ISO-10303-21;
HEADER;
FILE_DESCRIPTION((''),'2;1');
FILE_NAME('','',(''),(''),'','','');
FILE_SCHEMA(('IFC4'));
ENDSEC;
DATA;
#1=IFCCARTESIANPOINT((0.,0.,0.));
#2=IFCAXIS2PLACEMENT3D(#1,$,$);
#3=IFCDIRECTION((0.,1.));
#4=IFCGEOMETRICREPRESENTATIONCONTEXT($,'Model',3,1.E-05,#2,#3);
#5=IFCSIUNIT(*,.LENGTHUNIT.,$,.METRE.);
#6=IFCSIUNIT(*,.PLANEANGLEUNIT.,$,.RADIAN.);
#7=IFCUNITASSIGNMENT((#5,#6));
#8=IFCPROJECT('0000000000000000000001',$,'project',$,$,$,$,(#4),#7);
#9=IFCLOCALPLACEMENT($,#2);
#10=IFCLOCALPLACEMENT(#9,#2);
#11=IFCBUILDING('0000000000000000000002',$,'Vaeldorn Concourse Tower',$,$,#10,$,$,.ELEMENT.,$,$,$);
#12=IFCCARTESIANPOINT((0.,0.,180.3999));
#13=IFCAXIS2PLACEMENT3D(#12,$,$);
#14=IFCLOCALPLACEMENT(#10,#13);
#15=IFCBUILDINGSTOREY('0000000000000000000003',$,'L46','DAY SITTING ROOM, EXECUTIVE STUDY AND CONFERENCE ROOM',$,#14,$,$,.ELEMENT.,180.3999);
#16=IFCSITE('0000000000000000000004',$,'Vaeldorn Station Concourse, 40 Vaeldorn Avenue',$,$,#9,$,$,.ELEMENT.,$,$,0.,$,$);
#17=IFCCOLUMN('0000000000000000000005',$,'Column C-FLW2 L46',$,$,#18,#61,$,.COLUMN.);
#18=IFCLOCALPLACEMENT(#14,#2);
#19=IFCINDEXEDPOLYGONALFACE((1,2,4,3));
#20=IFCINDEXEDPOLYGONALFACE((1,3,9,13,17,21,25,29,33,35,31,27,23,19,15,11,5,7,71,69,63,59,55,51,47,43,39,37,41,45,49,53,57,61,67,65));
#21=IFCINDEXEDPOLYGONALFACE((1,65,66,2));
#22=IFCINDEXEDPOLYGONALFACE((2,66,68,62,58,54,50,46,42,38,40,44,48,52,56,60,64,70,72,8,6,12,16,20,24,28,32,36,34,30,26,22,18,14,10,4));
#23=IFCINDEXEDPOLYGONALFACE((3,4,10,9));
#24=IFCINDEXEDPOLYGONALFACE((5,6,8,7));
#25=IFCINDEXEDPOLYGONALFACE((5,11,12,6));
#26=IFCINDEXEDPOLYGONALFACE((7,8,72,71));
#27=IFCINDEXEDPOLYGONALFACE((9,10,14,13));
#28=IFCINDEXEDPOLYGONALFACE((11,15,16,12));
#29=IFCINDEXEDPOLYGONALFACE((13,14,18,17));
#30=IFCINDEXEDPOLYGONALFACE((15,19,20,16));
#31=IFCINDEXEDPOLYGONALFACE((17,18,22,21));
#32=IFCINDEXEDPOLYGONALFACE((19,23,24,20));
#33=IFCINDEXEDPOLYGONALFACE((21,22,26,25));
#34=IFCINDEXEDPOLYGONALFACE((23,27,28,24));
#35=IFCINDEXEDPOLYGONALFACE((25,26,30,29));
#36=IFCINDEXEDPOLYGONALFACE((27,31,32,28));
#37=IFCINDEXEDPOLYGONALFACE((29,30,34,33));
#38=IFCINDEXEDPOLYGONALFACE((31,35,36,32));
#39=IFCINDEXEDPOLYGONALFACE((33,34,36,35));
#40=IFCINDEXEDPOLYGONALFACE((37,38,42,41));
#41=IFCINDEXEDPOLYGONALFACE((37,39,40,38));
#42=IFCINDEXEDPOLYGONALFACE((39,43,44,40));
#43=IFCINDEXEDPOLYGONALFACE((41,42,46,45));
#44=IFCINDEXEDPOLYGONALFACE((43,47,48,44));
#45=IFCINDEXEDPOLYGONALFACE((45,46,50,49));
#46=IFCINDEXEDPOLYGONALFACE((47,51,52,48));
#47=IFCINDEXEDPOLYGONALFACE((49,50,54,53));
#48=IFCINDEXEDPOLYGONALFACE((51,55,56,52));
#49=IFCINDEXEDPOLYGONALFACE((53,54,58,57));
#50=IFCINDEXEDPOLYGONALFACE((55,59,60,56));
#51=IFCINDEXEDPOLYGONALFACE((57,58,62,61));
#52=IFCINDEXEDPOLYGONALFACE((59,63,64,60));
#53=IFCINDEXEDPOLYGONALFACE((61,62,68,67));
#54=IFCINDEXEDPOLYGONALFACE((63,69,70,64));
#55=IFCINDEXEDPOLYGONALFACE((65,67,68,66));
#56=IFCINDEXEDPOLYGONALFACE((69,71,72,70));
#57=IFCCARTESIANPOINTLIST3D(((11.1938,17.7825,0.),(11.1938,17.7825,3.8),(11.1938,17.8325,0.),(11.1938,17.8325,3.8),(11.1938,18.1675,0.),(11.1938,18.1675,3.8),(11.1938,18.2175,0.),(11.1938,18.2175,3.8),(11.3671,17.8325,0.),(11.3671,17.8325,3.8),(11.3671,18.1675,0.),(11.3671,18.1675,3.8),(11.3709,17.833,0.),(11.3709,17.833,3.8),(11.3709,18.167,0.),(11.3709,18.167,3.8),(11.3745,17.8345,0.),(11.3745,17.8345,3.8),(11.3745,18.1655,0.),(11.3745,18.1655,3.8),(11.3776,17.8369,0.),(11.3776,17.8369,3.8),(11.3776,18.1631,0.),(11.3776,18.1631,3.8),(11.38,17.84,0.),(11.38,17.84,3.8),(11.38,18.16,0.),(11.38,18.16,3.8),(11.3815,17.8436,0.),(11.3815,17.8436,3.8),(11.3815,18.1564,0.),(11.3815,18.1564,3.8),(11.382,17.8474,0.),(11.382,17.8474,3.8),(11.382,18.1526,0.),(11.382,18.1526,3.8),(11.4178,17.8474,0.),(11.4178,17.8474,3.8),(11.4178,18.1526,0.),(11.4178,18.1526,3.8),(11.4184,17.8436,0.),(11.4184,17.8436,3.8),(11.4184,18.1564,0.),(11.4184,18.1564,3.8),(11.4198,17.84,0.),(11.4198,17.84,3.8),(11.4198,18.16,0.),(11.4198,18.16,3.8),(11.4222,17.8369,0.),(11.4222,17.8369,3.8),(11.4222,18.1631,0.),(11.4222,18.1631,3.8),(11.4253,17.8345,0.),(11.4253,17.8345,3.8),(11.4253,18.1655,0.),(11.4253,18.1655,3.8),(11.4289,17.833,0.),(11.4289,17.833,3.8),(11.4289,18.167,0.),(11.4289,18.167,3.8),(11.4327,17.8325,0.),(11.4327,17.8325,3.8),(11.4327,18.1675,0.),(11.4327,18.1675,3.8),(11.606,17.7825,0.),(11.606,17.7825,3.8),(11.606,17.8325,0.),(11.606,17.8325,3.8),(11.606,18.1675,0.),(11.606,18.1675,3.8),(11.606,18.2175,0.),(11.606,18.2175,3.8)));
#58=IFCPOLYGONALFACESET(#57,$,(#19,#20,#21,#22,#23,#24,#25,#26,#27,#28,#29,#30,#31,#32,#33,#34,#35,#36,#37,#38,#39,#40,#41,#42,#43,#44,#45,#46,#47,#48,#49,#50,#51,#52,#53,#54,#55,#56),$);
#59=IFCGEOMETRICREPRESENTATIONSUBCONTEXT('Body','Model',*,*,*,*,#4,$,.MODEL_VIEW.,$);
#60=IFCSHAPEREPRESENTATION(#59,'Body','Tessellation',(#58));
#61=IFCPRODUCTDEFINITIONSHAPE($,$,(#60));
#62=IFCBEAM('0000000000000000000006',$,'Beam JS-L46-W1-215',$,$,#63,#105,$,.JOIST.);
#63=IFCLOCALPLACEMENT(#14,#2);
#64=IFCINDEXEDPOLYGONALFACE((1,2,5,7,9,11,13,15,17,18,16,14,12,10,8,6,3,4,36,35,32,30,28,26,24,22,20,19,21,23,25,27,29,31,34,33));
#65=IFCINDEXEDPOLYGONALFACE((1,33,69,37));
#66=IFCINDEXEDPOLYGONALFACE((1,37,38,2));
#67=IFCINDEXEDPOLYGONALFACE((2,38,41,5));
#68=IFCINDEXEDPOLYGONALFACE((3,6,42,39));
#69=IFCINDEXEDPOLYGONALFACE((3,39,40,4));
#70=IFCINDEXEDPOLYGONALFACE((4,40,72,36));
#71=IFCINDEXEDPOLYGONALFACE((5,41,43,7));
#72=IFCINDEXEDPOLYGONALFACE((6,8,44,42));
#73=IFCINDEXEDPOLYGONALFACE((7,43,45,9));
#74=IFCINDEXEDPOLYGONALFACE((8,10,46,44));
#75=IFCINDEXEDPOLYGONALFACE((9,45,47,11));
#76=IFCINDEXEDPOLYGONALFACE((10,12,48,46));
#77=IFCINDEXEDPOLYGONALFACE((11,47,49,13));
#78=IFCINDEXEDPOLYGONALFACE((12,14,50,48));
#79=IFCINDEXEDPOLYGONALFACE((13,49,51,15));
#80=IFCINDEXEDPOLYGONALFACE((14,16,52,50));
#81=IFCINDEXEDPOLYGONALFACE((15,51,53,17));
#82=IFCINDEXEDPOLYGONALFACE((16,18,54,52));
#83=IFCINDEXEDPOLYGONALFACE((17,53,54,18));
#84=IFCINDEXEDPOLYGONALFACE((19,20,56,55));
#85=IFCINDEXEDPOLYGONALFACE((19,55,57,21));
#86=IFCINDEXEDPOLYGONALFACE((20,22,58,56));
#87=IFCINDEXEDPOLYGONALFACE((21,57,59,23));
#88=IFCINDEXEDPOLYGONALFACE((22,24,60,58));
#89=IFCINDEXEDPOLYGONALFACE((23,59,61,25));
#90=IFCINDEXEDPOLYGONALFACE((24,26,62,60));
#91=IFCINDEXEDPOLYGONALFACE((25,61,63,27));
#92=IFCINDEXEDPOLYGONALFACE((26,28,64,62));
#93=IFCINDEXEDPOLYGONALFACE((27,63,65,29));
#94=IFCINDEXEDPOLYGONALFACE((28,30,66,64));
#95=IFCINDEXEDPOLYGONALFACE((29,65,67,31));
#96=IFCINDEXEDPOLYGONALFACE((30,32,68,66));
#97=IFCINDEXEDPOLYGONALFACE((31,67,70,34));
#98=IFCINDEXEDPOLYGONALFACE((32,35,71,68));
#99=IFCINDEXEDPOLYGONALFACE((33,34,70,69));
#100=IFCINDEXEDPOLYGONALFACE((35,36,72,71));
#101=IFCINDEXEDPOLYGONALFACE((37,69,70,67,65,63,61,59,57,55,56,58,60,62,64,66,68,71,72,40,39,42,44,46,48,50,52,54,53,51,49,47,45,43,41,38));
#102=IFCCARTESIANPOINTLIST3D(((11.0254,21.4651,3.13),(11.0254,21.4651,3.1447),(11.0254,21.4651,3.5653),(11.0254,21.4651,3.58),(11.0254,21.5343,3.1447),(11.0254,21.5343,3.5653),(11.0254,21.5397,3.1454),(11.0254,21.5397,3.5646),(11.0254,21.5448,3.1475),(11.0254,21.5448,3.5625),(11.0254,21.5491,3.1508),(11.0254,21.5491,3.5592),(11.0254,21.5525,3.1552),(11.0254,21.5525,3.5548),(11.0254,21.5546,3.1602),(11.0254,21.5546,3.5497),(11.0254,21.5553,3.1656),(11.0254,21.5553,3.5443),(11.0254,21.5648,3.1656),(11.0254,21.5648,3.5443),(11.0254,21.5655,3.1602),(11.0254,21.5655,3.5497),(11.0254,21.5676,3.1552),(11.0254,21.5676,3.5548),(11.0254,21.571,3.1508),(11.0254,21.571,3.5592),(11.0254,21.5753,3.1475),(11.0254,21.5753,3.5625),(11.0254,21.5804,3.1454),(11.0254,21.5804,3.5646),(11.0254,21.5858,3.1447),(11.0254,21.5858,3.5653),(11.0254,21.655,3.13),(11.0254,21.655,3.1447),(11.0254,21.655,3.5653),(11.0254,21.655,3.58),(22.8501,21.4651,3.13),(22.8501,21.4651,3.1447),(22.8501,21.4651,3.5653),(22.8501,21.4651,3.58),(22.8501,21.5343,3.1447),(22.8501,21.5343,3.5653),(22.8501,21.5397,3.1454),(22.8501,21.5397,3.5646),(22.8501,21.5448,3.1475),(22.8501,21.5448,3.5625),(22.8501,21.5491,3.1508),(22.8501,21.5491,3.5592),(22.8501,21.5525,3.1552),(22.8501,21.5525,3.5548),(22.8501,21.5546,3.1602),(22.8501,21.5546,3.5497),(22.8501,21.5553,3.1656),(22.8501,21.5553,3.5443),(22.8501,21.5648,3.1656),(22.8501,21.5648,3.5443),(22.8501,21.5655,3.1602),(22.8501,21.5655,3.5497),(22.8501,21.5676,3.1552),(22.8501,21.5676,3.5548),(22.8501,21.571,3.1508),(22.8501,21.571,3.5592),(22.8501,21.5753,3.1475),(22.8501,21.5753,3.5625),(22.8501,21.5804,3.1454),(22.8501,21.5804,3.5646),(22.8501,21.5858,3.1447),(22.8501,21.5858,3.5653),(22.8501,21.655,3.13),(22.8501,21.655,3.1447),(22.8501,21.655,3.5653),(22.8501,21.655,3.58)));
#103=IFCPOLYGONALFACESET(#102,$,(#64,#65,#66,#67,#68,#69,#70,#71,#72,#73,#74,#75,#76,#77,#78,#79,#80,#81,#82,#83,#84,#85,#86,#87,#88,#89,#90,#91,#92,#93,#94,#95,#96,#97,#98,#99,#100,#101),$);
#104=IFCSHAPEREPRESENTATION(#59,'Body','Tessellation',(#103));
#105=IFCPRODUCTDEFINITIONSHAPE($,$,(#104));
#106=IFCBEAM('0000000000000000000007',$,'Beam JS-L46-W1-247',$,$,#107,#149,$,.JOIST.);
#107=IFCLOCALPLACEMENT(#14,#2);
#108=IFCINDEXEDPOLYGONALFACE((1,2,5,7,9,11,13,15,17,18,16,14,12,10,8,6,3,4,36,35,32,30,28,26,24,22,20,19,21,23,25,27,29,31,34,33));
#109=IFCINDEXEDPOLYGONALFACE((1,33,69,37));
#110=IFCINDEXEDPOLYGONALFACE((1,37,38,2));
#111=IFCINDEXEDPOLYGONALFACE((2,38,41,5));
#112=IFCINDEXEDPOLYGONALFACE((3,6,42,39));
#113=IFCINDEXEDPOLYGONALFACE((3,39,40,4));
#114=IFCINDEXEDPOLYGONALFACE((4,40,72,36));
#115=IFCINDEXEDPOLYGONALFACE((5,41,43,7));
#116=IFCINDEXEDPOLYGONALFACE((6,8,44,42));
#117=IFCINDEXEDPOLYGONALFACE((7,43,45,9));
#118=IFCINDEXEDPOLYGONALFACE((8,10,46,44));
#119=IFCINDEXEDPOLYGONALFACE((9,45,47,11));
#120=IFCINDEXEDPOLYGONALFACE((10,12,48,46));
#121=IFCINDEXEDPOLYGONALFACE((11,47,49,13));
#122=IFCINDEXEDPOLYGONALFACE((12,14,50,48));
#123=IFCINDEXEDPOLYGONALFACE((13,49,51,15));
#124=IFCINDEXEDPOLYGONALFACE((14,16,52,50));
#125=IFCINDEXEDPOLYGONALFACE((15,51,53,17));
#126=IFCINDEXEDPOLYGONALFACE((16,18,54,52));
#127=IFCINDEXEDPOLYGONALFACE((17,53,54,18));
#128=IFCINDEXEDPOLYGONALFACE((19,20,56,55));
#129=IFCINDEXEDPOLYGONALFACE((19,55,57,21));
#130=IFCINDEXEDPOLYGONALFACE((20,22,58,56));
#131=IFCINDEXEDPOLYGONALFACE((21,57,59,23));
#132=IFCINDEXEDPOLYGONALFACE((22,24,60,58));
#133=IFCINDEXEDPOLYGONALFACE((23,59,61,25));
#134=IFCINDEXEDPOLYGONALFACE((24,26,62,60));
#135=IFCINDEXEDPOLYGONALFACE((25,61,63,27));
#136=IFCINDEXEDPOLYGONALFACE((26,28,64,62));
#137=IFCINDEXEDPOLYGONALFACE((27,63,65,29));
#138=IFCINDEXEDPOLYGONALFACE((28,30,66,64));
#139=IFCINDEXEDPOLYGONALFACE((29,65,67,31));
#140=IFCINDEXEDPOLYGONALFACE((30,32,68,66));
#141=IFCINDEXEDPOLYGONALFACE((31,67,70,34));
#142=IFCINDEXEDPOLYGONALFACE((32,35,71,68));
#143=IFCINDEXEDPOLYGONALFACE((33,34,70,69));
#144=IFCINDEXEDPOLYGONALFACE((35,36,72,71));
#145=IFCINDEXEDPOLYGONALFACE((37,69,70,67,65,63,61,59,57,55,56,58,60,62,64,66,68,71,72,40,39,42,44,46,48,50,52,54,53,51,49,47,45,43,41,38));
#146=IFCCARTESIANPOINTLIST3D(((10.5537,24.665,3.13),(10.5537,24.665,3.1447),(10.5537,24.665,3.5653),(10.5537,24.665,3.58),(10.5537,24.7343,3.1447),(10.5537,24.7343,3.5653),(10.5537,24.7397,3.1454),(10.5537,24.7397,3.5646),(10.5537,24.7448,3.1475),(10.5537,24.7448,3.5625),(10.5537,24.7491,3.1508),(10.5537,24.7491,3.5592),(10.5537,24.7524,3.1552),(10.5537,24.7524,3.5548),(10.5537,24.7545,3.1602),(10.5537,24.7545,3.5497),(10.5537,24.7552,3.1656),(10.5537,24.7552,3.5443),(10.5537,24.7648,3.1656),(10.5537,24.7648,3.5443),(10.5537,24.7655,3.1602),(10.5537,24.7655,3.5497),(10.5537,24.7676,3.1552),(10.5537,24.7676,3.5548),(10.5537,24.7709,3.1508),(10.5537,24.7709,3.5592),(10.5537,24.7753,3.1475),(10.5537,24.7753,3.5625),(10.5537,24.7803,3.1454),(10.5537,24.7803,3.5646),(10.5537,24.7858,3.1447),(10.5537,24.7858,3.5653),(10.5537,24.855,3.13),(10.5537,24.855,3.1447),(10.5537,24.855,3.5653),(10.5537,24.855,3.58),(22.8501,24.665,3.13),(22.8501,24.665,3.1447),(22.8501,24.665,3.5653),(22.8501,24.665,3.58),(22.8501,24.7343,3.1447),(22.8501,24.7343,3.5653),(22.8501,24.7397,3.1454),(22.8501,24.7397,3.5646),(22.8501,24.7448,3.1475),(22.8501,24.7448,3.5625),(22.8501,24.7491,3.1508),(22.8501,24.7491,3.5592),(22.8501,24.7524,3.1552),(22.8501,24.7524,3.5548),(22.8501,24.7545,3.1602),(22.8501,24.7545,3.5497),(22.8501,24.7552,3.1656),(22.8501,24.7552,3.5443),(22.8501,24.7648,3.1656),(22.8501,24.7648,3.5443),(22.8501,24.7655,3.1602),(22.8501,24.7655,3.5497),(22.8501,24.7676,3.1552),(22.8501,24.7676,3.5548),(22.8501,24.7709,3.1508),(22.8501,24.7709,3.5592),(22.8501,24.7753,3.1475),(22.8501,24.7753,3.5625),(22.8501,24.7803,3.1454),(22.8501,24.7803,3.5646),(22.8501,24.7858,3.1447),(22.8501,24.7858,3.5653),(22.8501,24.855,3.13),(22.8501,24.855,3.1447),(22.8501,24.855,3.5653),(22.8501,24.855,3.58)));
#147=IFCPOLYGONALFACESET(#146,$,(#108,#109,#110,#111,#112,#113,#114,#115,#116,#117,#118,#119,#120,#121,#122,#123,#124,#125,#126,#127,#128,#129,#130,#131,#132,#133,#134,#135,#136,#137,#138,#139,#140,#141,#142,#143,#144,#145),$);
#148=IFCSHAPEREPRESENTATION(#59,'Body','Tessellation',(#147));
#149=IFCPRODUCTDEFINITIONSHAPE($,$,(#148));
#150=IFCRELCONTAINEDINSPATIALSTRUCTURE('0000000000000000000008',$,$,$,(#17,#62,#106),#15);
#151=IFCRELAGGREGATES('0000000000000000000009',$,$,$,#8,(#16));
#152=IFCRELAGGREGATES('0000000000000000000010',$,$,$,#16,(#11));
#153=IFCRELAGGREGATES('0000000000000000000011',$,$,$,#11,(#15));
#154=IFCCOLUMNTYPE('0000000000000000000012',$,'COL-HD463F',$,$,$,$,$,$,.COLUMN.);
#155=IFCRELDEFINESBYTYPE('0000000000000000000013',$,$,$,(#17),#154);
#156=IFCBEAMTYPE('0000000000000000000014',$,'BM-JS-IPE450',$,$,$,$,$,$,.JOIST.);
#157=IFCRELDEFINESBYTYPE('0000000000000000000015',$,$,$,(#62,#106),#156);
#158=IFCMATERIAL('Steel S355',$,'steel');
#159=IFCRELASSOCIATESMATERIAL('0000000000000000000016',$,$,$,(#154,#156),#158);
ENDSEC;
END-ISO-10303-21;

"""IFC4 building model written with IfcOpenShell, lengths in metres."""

from ifc_helpers import new_model, si_unit, direction, frame, origin, origin_2d, place, context, subcontext, project, spatial, i_section, extrude, source, transform, mapped, material, material_profile, profile_set, type_object, element, save


model = new_model("IFC4")

# Units and contexts
model_context = context("Model", 3, precision=1e-05, world=origin(), true_north=direction((0.0, 1.0)))
body_context = subcontext(model_context, "Body", "Model", "MODEL_VIEW")
ifc_project = project(units=[si_unit("LENGTHUNIT", "METRE"), si_unit("PLANEANGLEUNIT", "RADIAN")], contexts=[model_context])

# Site, building, storey
site_placement = place(None, origin())
site = spatial("IfcSite", under=ifc_project, at=site_placement, Name="Vaeldorn Station Concourse, 40 Vaeldorn Avenue", CompositionType="ELEMENT", RefElevation=0.0)
building_placement = place(site_placement, origin())
building = spatial("IfcBuilding", under=site, at=building_placement, Name="Vaeldorn Concourse Tower", CompositionType="ELEMENT")
storey_placement = place(building_placement, frame((0.0, 0.0, 180.3999)))
storey = spatial("IfcBuildingStorey", under=building, at=storey_placement, Name="L46", Description="DAY SITTING ROOM, EXECUTIVE STUDY AND CONFERENCE ROOM", CompositionType="ELEMENT", Elevation=180.3999)

# Column
ifc_material_1 = material(Name="Steel S355", Category="steel")
ifc_material_profile_1 = material_profile(ifc_material_1, i_section(OverallWidth=0.4121, OverallDepth=0.4351, WebThickness=0.0359, FlangeThickness=0.05, FilletRadius=0.0149, at=origin_2d()), Name="HD 400x463")
ifc_profile_set_1 = profile_set([ifc_material_profile_1], Name="Steel S355")
column_type = type_object("IfcColumnType", Name="COL-HD463F", PredefinedType="COLUMN", material=ifc_profile_set_1)
shared_shape_1 = source(origin(), body_context, "Body", "SweptSolid", [
    extrude(i_section(OverallWidth=0.4121, OverallDepth=0.4351, WebThickness=0.0359, FlangeThickness=0.05, FilletRadius=0.0149, at=origin_2d()), origin(), (0.0, 0.0, 1.0), 3.8),
])
column_placement = place(storey_placement, frame((11.3999, 18.0, 0.0), z_axis=(0.0, 0.0, 1.0), x_axis=(1.0, 0.0, 0.0)))
element("IfcColumn", 1, at=column_placement, inside=storey, type_object=column_type, Name="Column C-FLW2 L46", PredefinedType="COLUMN", context=body_context, shape_type="MappedRepresentation", body=[
    mapped(shared_shape_1, transform((0.0, 0.0, 0.0), scale=1.0)),
])

# Beams
ifc_material_profile_2 = material_profile(ifc_material_1, i_section(OverallWidth=0.1899, OverallDepth=0.45, WebThickness=0.0095, FlangeThickness=0.0146, FilletRadius=0.021, at=origin_2d()), Name="IPE 450")
ifc_profile_set_2 = profile_set([ifc_material_profile_2], Name="Steel S355")
beam_type_1 = type_object("IfcBeamType", Name="BM-JS-IPE450", PredefinedType="JOIST", material=ifc_profile_set_2)
shared_shape_2 = source(origin(), body_context, "Body", "SweptSolid", [
    extrude(i_section(OverallWidth=0.1899, OverallDepth=0.45, WebThickness=0.0095, FlangeThickness=0.0146, FilletRadius=0.021, at=origin_2d()), origin(), (0.0, 0.0, 1.0), 11.8247),
])
beam_1_placement = place(storey_placement, frame((11.0254, 21.5601, 3.355), z_axis=(1.0, 0.0, 0.0), x_axis=(0.0, 1.0, 0.0)))
element("IfcBeam", 2, at=beam_1_placement, inside=storey, type_object=beam_type_1, Name="Beam JS-L46-W1-215", PredefinedType="JOIST", context=body_context, shape_type="MappedRepresentation", body=[
    mapped(shared_shape_2, transform((0.0, 0.0, 0.0), scale=1.0)),
])
shared_shape_3 = source(origin(), body_context, "Body", "SweptSolid", [
    extrude(i_section(OverallWidth=0.1899, OverallDepth=0.45, WebThickness=0.0095, FlangeThickness=0.0146, FilletRadius=0.021, at=origin_2d()), origin(), (0.0, 0.0, 1.0), 12.2964),
])
beam_2_placement = place(storey_placement, frame((10.5537, 24.76, 3.355), z_axis=(1.0, 0.0, 0.0), x_axis=(0.0, 1.0, 0.0)))
element("IfcBeam", 3, at=beam_2_placement, inside=storey, type_object=beam_type_1, Name="Beam JS-L46-W1-247", PredefinedType="JOIST", context=body_context, shape_type="MappedRepresentation", body=[
    mapped(shared_shape_3, transform((0.0, 0.0, 0.0), scale=1.0)),
])

save(model, "model.ifc")
